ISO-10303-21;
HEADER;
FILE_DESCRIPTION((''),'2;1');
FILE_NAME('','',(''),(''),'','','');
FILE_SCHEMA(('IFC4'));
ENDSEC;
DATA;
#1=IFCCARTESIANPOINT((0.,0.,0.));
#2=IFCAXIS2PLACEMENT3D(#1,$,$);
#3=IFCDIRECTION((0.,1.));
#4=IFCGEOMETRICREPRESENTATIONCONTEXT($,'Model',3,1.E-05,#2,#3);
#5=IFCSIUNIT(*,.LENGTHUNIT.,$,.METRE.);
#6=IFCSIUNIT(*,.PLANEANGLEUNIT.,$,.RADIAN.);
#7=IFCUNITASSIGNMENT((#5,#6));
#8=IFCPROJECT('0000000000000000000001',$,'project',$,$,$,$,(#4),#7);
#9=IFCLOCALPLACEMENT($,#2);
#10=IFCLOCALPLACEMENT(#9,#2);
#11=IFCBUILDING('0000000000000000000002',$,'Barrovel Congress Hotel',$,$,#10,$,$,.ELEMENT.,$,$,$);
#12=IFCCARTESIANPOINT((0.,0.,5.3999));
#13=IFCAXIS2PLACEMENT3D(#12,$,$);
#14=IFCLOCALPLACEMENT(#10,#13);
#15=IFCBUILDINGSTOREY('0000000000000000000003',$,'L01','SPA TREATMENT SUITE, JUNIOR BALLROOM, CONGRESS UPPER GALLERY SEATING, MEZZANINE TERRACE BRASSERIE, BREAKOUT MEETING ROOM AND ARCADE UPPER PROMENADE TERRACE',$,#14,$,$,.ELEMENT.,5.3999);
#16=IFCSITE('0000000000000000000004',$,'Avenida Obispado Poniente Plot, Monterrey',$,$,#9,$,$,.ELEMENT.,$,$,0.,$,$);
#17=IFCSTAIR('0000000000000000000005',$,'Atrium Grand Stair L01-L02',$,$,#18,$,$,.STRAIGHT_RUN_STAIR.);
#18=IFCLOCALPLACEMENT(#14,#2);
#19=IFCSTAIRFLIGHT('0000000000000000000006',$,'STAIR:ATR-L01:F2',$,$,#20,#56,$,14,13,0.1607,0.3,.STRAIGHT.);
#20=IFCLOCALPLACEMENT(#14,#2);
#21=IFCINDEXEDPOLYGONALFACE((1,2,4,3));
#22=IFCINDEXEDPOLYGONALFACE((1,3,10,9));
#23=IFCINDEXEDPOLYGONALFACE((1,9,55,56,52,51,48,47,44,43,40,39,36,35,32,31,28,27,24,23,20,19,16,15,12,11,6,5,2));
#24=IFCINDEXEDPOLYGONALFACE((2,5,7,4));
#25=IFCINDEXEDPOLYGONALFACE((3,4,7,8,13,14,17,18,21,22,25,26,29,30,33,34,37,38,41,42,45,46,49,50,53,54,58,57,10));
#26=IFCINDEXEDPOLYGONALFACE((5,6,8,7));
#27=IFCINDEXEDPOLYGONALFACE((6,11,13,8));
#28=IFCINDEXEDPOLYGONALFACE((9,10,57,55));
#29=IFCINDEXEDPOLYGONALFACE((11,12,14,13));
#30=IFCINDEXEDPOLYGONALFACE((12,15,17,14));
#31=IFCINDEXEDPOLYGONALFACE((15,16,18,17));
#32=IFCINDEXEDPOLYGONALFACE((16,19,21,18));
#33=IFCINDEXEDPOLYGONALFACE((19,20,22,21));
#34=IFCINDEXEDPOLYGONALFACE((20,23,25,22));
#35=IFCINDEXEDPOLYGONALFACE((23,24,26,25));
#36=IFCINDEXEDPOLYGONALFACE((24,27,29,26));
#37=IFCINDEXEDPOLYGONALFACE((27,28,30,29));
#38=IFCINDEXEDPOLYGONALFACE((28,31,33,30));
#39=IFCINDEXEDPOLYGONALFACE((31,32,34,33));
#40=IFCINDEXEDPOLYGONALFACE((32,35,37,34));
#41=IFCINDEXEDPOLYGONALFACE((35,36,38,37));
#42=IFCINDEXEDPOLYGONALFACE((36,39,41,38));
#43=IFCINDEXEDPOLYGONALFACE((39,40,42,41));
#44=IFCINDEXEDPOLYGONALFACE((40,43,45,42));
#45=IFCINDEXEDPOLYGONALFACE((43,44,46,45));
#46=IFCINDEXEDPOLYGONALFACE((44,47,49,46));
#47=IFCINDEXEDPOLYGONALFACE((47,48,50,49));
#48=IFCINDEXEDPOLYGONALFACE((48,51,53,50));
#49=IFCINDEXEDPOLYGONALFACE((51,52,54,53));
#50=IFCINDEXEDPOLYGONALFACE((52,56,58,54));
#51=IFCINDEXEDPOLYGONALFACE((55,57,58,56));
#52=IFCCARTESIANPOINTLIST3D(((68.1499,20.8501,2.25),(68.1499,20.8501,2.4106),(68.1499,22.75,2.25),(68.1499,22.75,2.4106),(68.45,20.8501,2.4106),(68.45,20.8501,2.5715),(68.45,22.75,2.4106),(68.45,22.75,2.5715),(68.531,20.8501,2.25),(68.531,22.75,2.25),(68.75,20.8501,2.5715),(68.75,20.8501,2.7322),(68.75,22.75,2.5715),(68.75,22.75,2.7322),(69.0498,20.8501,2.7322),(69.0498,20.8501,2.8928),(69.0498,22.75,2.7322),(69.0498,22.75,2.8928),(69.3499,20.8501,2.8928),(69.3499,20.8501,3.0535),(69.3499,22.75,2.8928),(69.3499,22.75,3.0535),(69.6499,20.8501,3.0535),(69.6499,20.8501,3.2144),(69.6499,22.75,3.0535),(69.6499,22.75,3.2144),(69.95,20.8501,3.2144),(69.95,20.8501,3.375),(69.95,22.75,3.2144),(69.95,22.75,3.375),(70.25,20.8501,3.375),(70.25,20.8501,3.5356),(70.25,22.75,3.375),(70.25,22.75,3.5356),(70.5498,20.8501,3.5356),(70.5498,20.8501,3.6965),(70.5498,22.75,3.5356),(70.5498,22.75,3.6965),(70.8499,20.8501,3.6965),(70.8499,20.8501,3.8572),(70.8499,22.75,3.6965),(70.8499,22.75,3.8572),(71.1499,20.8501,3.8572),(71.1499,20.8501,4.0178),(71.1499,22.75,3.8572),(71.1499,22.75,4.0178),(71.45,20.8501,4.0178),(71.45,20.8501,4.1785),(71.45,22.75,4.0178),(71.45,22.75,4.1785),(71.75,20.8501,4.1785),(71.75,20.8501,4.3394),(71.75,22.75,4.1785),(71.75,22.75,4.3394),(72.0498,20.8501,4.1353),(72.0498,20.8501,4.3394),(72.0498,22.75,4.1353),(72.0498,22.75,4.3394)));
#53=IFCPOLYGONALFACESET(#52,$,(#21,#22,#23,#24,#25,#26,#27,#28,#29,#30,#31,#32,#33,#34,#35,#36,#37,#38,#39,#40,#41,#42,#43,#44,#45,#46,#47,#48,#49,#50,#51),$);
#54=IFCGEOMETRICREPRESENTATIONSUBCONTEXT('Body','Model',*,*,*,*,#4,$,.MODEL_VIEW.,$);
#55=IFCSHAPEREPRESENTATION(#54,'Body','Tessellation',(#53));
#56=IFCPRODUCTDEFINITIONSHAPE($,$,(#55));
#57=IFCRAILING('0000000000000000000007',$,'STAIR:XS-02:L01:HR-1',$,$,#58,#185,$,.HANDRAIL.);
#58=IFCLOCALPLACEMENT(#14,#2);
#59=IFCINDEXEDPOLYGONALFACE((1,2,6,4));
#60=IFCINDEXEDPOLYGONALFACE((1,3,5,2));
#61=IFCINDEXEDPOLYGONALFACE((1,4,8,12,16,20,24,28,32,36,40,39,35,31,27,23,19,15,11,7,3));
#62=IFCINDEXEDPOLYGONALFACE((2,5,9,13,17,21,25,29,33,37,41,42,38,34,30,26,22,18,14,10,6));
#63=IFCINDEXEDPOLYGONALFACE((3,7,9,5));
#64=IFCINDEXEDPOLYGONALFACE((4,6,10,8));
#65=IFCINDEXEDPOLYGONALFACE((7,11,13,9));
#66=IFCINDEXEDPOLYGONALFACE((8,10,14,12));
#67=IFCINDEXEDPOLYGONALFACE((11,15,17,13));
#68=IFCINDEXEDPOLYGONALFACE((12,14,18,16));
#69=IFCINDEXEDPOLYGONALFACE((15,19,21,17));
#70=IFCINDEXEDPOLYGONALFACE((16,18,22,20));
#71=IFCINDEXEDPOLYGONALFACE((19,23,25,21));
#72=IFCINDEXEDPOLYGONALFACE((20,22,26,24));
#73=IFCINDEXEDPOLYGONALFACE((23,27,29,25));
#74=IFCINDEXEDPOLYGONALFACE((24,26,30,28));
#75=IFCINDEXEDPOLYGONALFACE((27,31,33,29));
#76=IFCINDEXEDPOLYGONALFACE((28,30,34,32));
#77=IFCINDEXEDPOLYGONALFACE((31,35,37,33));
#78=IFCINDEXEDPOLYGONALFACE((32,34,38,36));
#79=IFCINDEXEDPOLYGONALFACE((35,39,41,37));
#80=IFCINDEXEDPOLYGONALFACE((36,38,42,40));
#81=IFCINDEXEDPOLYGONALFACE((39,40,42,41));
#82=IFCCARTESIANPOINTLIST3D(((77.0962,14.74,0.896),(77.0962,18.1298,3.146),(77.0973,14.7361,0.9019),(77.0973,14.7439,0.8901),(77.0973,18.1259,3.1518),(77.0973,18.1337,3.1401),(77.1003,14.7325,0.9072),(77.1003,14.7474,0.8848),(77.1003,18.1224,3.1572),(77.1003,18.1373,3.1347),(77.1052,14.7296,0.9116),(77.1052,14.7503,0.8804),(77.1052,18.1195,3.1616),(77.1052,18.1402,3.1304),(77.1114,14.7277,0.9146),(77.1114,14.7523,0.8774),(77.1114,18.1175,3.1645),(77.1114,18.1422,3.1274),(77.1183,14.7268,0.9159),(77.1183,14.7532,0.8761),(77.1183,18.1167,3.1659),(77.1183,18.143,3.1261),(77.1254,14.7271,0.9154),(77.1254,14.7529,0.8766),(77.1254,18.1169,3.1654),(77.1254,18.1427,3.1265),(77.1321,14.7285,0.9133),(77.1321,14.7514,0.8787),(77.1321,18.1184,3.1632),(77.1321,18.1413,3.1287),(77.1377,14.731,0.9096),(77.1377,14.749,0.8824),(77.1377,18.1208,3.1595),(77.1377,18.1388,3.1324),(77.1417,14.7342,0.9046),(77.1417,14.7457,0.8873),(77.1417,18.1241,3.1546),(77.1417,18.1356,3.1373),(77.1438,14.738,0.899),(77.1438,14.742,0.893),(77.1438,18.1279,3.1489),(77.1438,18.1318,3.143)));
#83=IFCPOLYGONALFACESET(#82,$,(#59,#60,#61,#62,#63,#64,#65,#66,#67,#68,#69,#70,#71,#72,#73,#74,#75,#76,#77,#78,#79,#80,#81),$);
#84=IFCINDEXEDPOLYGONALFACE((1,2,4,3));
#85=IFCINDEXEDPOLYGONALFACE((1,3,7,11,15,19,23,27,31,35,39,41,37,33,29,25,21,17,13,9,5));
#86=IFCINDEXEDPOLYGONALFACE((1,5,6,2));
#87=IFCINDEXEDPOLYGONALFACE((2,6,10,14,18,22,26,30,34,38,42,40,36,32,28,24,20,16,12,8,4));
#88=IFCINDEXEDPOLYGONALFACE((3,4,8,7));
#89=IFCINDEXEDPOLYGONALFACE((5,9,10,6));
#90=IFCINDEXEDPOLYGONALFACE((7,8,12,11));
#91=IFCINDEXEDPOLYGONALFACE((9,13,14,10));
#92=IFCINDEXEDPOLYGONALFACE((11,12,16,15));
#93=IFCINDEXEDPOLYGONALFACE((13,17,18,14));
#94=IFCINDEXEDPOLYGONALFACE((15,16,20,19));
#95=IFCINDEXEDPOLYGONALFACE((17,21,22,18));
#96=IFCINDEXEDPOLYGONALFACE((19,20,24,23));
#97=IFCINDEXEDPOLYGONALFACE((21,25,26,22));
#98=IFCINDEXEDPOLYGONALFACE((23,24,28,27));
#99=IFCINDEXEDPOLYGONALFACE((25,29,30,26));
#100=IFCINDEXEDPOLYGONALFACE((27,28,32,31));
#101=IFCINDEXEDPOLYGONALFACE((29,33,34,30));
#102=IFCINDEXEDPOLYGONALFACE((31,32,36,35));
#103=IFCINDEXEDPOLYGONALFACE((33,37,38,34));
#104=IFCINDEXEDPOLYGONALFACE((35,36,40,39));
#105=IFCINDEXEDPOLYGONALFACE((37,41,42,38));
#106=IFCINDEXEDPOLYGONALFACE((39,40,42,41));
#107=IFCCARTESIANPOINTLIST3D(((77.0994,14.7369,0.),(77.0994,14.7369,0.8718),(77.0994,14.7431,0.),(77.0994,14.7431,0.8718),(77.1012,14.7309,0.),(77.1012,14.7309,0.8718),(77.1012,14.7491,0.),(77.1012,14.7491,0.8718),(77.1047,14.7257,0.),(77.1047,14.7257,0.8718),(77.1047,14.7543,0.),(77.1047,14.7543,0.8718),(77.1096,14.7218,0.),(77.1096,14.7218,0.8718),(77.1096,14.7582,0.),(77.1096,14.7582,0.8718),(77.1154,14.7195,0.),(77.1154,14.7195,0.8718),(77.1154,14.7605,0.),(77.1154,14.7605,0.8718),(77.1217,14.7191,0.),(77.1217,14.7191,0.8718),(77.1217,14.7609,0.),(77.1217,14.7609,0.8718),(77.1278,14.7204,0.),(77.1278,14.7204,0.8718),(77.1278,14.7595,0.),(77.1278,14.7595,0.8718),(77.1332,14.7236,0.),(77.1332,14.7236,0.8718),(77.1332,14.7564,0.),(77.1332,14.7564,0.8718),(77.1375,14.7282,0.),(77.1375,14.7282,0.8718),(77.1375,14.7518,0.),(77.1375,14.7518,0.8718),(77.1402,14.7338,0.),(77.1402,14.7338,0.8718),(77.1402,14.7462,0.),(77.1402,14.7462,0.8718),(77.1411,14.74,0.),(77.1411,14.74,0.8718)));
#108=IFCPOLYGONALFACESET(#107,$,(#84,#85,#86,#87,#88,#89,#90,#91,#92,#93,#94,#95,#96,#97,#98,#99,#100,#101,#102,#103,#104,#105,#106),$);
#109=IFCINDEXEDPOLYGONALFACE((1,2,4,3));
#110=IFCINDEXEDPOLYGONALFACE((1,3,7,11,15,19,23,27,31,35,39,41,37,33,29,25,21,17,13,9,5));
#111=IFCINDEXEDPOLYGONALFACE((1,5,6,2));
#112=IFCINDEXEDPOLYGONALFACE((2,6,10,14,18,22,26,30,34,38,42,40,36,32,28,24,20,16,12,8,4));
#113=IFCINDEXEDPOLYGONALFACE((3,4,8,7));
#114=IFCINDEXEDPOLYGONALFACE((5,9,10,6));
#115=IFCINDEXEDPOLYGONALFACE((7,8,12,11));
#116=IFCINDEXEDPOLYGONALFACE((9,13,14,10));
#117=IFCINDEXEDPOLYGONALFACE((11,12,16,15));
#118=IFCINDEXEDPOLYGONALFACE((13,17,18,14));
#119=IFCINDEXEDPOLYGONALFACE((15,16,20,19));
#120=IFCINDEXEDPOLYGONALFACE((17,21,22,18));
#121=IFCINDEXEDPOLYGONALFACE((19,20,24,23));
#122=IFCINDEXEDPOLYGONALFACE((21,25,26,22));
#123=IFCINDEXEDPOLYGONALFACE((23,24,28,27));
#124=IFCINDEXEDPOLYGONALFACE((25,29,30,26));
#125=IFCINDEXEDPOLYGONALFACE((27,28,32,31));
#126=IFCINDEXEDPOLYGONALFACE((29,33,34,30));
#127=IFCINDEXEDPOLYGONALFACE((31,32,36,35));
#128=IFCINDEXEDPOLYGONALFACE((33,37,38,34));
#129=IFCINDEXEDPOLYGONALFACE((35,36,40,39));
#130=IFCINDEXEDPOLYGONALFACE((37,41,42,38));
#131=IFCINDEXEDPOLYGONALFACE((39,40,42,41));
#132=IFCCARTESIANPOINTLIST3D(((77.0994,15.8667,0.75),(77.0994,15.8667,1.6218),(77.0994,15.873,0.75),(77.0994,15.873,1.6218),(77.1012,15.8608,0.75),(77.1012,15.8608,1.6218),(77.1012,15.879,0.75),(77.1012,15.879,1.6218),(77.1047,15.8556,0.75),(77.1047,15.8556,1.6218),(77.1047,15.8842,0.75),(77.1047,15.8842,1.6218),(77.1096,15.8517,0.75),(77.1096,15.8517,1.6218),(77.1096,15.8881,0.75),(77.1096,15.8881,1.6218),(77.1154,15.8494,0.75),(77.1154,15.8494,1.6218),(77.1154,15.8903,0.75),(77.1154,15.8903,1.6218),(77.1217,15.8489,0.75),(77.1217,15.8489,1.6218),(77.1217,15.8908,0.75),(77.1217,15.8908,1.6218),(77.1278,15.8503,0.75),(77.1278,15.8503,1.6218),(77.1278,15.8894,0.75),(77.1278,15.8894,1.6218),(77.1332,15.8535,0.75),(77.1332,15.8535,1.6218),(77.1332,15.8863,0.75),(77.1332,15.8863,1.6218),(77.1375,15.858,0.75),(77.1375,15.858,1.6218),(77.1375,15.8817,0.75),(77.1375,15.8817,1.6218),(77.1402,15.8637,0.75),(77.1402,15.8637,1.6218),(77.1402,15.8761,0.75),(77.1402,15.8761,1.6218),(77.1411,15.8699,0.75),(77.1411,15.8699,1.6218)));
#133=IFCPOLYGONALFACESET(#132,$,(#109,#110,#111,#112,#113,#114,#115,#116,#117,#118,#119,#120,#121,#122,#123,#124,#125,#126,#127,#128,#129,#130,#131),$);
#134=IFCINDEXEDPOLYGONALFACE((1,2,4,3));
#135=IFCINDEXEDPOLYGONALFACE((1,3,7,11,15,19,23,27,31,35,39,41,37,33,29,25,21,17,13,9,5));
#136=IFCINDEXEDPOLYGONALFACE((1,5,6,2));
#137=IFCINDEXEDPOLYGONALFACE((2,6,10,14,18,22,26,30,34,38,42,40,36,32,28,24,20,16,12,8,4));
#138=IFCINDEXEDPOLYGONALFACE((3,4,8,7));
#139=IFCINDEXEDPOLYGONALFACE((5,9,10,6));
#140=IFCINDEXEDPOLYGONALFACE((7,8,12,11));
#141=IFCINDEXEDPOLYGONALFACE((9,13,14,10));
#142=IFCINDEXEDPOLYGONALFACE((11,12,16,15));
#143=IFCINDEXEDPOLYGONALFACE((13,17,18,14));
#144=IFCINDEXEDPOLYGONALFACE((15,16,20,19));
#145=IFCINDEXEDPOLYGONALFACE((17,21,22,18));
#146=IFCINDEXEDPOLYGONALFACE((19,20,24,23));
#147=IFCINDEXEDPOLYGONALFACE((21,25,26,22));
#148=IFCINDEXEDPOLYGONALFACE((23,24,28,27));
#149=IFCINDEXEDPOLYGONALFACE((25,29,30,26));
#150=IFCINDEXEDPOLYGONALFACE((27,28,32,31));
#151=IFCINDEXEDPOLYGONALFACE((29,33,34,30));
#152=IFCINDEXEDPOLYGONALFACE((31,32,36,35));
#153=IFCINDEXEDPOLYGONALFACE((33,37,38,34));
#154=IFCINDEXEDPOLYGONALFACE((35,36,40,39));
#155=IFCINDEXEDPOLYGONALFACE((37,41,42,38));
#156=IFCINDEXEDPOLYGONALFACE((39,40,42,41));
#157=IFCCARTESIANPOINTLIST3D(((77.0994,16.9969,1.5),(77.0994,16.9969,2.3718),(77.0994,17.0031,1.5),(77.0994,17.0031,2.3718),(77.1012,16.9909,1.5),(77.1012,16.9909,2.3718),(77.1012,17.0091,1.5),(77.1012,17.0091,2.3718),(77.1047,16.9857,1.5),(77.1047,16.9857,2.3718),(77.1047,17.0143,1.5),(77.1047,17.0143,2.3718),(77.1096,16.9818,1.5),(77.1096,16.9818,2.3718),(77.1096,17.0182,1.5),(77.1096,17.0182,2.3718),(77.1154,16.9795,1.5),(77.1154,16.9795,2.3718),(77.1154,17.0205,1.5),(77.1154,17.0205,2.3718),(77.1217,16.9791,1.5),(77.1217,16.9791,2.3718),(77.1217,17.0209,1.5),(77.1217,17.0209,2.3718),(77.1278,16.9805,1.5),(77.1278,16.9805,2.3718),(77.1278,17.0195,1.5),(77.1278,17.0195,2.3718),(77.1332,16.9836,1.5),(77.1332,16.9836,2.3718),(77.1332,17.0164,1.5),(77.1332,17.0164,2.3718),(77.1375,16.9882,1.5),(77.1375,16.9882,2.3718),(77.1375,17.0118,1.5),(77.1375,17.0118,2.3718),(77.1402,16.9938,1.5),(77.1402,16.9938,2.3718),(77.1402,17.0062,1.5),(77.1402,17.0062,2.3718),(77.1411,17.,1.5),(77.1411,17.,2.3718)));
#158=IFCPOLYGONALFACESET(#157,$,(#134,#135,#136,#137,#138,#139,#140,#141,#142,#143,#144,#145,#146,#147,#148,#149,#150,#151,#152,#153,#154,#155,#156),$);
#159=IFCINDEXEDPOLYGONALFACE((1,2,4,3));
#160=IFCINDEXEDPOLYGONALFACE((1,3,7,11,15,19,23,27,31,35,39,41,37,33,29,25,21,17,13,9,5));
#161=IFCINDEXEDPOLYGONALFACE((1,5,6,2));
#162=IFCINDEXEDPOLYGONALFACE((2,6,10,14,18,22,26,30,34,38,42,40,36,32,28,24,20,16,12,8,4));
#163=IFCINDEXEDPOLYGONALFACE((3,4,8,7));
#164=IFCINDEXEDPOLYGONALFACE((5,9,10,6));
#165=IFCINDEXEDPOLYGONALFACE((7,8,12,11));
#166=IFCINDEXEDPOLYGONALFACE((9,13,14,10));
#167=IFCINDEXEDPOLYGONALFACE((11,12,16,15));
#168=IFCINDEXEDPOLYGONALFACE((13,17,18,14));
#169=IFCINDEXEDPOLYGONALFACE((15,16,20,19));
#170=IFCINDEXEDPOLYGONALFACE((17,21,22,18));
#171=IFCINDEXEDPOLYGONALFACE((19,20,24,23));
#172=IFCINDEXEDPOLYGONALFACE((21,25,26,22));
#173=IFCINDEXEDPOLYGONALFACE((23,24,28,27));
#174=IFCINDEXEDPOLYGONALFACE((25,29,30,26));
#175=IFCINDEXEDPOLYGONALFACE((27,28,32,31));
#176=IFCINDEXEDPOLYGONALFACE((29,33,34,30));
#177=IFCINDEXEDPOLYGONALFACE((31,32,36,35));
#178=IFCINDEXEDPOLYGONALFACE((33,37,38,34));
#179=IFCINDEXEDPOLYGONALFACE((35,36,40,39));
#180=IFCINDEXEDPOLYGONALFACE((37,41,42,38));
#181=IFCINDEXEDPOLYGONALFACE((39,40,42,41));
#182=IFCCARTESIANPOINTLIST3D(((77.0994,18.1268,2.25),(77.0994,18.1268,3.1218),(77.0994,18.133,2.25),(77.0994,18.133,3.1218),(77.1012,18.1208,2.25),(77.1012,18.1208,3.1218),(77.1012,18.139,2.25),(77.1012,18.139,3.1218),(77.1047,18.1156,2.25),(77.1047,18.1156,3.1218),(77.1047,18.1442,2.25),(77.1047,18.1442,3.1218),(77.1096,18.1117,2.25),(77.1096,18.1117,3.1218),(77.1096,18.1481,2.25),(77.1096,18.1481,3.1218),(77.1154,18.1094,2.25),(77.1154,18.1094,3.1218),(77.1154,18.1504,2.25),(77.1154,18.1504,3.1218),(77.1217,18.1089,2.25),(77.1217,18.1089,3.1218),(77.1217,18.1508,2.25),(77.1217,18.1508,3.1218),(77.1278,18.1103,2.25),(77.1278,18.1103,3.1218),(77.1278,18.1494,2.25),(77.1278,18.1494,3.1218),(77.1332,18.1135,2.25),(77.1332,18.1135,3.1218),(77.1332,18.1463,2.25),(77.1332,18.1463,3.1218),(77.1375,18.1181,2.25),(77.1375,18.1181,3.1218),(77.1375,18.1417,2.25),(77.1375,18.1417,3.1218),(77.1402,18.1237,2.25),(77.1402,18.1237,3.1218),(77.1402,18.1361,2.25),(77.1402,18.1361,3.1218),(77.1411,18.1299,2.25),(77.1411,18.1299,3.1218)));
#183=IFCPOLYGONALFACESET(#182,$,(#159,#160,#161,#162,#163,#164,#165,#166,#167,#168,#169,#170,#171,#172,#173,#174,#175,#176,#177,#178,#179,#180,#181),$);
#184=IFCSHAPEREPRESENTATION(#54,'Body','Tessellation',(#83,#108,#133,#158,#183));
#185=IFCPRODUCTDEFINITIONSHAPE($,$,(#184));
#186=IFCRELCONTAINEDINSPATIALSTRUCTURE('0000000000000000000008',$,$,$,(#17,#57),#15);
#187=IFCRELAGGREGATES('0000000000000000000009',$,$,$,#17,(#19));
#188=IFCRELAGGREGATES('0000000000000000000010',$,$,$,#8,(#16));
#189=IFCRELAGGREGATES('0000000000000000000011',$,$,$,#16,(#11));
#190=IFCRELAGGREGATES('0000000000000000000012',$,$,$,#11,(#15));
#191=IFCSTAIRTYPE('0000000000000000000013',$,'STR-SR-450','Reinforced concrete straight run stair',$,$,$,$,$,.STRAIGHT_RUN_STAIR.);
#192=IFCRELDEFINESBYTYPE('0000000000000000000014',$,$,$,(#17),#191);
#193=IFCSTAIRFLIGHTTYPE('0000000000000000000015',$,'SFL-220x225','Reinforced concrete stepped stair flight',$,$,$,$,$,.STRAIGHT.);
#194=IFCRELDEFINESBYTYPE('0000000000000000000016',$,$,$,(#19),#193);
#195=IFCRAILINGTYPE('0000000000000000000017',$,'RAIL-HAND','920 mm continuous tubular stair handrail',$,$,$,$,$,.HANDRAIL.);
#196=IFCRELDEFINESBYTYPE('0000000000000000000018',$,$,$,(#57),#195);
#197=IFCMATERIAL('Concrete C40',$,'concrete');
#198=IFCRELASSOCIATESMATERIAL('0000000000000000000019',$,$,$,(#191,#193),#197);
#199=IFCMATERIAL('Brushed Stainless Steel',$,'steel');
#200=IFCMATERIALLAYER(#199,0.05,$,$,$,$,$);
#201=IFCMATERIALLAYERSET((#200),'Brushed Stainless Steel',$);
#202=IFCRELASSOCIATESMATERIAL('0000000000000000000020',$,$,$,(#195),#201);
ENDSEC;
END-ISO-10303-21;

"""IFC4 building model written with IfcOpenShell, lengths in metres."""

from ifc_helpers import new_model, si_unit, direction, frame, origin, origin_2d, place, context, subcontext, project, spatial, polyline, circle, outline, extrude, material, layer, layer_set, type_object, element, aggregate, save


model = new_model("IFC4")

# Units and contexts
model_context = context("Model", 3, precision=1e-05, world=origin(), true_north=direction((0.0, 1.0)))
body_context = subcontext(model_context, "Body", "Model", "MODEL_VIEW")
ifc_project = project(units=[si_unit("LENGTHUNIT", "METRE"), si_unit("PLANEANGLEUNIT", "RADIAN")], contexts=[model_context])

# Site, building, storey
site_placement = place(None, origin())
site = spatial("IfcSite", under=ifc_project, at=site_placement, Name="Avenida Obispado Poniente Plot, Monterrey", CompositionType="ELEMENT", RefElevation=0.0)
building_placement = place(site_placement, origin())
building = spatial("IfcBuilding", under=site, at=building_placement, Name="Barrovel Congress Hotel", CompositionType="ELEMENT")
storey_placement = place(building_placement, frame((0.0, 0.0, 5.3999)))
storey = spatial("IfcBuildingStorey", under=building, at=storey_placement, Name="L01", Description="SPA TREATMENT SUITE, JUNIOR BALLROOM, CONGRESS UPPER GALLERY SEATING, MEZZANINE TERRACE BRASSERIE, BREAKOUT MEETING ROOM AND ARCADE UPPER PROMENADE TERRACE", CompositionType="ELEMENT", Elevation=5.3999)

# Shared definitions
ifc_material_1 = material(Name="Concrete C40", Category="concrete")

# Shared definitions
ifc_material_2 = material(Name="Brushed Stainless Steel", Category="steel")

# Stair, stair flight
stair_type = type_object("IfcStairType", Name="STR-SR-450", Description="Reinforced concrete straight run stair", PredefinedType="STRAIGHT_RUN_STAIR", material=ifc_material_1)
stair_placement = place(storey_placement, origin())
stair = element("IfcStair", 1, at=stair_placement, inside=storey, type_object=stair_type, Name="Atrium Grand Stair L01-L02", PredefinedType="STRAIGHT_RUN_STAIR")
stair_flight_type = type_object("IfcStairFlightType", Name="SFL-220x225", Description="Reinforced concrete stepped stair flight", PredefinedType="STRAIGHT", material=ifc_material_1)
stair_flight_placement = place(storey_placement, frame((68.1499, 21.8, 2.25), z_axis=(0.0, 0.0, 1.0), x_axis=(1.0, 0.0, 0.0)))
stair_flight = element("IfcStairFlight", 2, at=stair_flight_placement, type_object=stair_flight_type, Name="STAIR:ATR-L01:F2", NumberOfRisers=14, NumberOfTreads=13, PredefinedType="STRAIGHT", RiserHeight=0.1607, TreadLength=0.3, context=body_context, shape_type="SweptSolid", body=[
    extrude(outline(polyline([(0.0, 0.0), (0.0, 0.1606), (0.3, 0.1606), (0.3, 0.3215), (0.6001, 0.3215), (0.6001, 0.4822), (0.8999, 0.4822), (0.8999, 0.6428), (1.2, 0.6428), (1.2, 0.8035), (1.5, 0.8035), (1.5, 0.9644), (1.8, 0.9644), (1.8, 1.125), (2.1001, 1.125), (2.1001, 1.2856), (2.3999, 1.2856), (2.3999, 1.4465), (2.7, 1.4465), (2.7, 1.6072), (3.0, 1.6072), (3.0, 1.7678), (3.3, 1.7678), (3.3, 1.9285), (3.6001, 1.9285), (3.6001, 2.0894), (3.8999, 2.0894), (3.8999, 2.25), (3.8999, 1.8853), (0.3811, 0.0), (0.0, 0.0)])), frame((0.0, 0.95, 0.0), z_axis=(0.0, -1.0, 0.0), x_axis=(1.0, 0.0, 0.0)), (0.0, 0.0, 1.0), 1.8999),
])
aggregate(stair, [stair_flight])

# Railing
ifc_layer_1 = layer(ifc_material_2, 0.05)
ifc_layer_set_1 = layer_set([ifc_layer_1], Name="Brushed Stainless Steel")
railing_type_1 = type_object("IfcRailingType", Name="RAIL-HAND", Description="920 mm continuous tubular stair handrail", PredefinedType="HANDRAIL", material=ifc_layer_set_1)
railing_1_placement = place(storey_placement, frame((77.1201, 14.74, 0.0)))
element("IfcRailing", 3, at=railing_1_placement, inside=storey, type_object=railing_type_1, Name="STAIR:XS-02:L01:HR-1", PredefinedType="HANDRAIL", context=body_context, shape_type="SweptSolid", body=[
    extrude(circle(Radius=0.0239, at=origin_2d()), frame((0.0, 0.0, 0.896), z_axis=(0.0, 0.833175, 0.55301), x_axis=(-1.0, 0.0, 0.0)), (0.0, 0.0, 1.0), 4.0686),
    extrude(circle(Radius=0.021, at=origin_2d()), origin(), (0.0, 0.0, 1.0), 0.8718),
    extrude(circle(Radius=0.021, at=origin_2d()), frame((0.0, 1.1299, 0.75)), (0.0, 0.0, 1.0), 0.8718),
    extrude(circle(Radius=0.021, at=origin_2d()), frame((0.0, 2.26, 1.5)), (0.0, 0.0, 1.0), 0.8718),
    extrude(circle(Radius=0.021, at=origin_2d()), frame((0.0, 3.3899, 2.25)), (0.0, 0.0, 1.0), 0.8718),
])

save(model, "model.ifc")
